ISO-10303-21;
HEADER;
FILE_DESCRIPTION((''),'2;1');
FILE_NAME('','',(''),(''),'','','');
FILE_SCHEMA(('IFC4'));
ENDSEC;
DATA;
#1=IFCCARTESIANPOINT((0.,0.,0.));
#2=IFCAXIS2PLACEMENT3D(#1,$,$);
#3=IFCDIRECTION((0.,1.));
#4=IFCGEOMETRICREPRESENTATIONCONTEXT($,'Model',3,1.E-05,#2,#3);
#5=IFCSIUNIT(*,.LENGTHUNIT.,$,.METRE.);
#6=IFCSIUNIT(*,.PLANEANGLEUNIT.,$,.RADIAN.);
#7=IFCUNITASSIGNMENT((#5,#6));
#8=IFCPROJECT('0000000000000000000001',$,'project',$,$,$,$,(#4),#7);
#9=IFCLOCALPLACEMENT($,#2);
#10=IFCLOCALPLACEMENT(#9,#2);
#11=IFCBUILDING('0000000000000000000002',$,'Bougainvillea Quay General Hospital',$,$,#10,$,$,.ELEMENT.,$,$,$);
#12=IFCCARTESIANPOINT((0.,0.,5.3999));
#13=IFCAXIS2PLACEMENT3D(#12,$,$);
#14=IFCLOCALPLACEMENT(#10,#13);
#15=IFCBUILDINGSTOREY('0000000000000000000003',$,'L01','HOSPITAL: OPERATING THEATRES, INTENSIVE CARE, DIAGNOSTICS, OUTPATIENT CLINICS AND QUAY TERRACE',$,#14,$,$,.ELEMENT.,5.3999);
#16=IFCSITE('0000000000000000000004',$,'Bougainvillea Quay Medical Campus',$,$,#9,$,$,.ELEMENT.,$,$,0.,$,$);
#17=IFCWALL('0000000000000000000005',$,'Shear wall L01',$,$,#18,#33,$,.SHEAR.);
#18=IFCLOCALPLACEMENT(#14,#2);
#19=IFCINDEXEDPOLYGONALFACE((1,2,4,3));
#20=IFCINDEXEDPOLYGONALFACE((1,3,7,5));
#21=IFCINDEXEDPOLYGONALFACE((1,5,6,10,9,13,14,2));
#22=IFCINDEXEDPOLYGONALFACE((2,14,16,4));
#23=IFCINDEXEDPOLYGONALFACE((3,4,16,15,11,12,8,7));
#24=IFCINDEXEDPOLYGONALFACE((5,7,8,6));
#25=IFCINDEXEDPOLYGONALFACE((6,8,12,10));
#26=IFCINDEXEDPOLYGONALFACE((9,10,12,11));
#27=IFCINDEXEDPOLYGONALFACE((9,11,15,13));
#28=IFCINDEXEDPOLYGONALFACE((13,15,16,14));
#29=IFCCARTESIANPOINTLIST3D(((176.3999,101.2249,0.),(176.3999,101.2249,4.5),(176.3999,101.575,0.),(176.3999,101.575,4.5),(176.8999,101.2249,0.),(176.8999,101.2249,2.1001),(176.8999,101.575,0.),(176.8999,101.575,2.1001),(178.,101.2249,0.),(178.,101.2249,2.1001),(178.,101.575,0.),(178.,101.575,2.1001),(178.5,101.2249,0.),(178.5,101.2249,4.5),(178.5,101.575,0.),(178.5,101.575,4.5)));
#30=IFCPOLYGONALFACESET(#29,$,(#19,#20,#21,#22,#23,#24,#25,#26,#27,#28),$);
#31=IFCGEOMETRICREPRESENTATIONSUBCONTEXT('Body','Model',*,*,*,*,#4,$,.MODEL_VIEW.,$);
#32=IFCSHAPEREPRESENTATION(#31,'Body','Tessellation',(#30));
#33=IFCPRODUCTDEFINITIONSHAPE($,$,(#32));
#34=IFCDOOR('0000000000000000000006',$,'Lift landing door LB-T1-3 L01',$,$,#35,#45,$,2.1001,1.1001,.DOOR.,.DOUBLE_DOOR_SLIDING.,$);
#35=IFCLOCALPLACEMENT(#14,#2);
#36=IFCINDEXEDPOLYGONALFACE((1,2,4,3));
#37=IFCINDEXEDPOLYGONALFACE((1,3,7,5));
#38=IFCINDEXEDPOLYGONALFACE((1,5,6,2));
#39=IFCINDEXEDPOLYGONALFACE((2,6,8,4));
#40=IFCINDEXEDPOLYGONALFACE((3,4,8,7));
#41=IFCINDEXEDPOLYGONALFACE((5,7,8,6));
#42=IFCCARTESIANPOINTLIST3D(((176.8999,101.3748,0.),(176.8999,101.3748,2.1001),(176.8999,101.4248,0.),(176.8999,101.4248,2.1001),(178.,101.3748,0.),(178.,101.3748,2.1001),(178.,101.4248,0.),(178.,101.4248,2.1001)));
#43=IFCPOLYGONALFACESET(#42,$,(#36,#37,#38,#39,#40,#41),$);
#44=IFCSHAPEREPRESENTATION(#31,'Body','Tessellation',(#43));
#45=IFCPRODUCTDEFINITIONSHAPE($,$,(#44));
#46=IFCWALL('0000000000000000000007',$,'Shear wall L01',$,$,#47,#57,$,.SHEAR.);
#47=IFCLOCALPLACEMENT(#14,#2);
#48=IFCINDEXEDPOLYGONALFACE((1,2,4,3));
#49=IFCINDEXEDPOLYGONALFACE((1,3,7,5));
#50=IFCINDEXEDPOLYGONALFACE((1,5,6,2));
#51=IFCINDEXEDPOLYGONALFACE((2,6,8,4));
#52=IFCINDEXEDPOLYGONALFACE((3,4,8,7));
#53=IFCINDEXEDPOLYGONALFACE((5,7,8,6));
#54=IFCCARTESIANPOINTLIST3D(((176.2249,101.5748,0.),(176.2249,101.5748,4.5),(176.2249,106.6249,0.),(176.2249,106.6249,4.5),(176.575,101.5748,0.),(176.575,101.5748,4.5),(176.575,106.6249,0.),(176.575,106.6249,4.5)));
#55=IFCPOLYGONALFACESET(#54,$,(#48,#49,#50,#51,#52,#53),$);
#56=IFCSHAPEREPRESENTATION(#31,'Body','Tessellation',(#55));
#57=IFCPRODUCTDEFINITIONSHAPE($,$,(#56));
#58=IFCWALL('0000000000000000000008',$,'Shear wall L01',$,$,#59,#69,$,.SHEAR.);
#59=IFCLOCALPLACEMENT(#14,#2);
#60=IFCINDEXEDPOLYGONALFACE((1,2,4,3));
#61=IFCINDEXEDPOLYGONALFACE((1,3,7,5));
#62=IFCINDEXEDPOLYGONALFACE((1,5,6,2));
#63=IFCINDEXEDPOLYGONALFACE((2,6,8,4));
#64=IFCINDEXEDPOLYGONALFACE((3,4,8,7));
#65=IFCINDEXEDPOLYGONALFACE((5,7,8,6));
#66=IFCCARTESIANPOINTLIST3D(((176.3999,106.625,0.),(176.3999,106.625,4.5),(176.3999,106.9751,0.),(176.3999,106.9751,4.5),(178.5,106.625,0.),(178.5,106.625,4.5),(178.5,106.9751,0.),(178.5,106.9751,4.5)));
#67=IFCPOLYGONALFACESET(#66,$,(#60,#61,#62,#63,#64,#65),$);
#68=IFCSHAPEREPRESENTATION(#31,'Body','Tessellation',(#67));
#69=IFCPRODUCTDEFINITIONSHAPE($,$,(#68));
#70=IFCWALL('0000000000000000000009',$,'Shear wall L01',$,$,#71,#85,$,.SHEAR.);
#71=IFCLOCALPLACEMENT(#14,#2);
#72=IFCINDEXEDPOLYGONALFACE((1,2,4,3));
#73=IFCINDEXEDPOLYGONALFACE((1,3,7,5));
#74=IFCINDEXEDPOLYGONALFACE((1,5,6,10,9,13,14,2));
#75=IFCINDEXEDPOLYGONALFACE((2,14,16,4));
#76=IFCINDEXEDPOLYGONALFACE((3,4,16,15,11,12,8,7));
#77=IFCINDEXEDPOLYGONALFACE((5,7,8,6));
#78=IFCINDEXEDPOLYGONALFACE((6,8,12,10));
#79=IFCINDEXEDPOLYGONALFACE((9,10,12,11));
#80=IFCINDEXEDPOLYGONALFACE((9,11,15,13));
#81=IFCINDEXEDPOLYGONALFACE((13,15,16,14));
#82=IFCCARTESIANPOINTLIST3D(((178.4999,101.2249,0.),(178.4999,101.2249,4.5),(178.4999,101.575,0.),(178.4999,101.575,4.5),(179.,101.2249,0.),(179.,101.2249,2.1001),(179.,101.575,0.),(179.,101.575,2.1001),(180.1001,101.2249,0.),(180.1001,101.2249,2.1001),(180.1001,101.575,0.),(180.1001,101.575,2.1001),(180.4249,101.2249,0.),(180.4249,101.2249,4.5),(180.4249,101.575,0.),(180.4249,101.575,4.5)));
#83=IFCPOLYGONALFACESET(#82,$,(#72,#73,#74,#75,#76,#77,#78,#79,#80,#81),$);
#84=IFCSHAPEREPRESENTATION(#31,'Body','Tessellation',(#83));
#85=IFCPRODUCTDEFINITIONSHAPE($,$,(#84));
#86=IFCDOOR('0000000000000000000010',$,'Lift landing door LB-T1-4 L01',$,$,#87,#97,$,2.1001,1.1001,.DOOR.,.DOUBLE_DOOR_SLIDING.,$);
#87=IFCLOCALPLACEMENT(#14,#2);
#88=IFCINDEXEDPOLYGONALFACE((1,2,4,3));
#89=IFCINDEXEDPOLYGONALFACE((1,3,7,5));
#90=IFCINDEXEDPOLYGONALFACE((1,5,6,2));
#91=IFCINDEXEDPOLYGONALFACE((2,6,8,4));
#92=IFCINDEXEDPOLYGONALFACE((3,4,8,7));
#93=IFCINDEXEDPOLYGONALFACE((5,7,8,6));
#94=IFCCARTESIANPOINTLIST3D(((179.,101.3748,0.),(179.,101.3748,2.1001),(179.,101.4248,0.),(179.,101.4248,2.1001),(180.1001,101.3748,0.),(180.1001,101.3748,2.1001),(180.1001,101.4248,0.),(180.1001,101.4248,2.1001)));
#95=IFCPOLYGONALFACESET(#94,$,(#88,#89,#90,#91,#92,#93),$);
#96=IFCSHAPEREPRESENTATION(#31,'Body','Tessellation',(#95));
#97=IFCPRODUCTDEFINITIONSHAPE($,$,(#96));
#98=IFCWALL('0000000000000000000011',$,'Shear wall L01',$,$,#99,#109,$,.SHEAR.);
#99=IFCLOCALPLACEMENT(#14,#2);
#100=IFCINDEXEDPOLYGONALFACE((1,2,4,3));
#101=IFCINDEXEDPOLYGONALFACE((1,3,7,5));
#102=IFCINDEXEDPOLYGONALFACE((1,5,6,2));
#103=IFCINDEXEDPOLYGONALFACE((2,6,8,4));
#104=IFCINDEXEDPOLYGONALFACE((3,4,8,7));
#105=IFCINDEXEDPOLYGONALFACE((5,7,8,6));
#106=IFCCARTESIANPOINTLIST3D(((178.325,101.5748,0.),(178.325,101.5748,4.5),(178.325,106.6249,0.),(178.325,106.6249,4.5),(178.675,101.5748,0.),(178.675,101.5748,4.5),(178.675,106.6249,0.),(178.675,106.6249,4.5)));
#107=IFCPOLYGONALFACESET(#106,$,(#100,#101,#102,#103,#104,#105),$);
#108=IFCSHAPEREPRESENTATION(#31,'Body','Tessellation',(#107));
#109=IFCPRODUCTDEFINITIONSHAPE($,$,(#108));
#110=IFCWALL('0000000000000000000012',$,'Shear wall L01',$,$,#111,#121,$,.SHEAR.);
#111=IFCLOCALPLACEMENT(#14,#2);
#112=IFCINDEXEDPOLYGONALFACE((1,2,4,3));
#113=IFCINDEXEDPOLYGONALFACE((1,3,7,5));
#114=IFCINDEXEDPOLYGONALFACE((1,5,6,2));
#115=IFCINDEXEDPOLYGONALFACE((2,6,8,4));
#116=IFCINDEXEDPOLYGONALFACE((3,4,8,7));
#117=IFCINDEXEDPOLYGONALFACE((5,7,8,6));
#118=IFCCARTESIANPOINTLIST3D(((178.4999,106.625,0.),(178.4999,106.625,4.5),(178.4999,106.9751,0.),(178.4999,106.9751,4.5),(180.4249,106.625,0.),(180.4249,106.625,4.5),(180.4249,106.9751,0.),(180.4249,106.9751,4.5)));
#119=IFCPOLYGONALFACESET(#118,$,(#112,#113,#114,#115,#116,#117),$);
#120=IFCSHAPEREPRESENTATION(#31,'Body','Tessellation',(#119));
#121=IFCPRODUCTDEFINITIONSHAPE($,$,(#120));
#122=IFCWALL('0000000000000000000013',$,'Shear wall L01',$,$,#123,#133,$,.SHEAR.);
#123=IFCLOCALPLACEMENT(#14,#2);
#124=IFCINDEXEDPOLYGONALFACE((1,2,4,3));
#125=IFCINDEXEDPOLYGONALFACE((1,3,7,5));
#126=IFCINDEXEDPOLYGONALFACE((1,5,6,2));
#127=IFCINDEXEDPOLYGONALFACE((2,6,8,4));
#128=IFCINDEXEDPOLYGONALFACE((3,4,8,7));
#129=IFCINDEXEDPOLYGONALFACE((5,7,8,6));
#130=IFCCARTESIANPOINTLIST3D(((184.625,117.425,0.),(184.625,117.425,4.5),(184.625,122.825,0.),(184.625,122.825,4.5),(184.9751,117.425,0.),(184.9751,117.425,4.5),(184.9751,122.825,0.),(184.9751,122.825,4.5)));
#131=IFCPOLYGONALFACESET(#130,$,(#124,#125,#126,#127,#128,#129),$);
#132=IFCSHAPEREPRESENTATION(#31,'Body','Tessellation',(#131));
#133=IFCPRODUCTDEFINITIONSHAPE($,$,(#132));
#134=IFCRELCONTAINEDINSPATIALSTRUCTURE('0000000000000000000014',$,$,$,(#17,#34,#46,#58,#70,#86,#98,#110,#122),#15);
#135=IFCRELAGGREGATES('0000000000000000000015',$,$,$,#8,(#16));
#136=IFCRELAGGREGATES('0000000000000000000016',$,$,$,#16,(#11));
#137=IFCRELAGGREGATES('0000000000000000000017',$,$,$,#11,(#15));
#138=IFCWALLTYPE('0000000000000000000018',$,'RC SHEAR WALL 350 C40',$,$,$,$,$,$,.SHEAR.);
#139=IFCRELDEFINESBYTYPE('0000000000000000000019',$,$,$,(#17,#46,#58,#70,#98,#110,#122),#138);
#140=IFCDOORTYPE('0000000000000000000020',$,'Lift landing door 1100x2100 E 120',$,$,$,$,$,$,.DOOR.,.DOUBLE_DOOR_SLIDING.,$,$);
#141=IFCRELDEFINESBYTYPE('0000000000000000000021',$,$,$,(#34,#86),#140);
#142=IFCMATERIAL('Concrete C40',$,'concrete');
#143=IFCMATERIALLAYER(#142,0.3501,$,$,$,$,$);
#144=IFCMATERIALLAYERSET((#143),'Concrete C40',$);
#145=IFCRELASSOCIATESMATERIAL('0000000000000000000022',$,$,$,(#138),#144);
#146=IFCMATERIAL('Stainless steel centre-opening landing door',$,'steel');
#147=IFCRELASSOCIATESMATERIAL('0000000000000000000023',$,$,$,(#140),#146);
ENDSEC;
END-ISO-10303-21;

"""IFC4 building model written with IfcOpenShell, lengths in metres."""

from ifc_helpers import new_model, si_unit, direction, frame, frame_2d, origin, place, context, subcontext, project, spatial, rectangle, extrude, material, layer, layer_set, type_object, element, fill, save


model = new_model("IFC4")

# Units and contexts
model_context = context("Model", 3, precision=1e-05, world=origin(), true_north=direction((0.0, 1.0)))
body_context = subcontext(model_context, "Body", "Model", "MODEL_VIEW")
ifc_project = project(units=[si_unit("LENGTHUNIT", "METRE"), si_unit("PLANEANGLEUNIT", "RADIAN")], contexts=[model_context])

# Site, building, storey
site_placement = place(None, origin())
site = spatial("IfcSite", under=ifc_project, at=site_placement, Name="Bougainvillea Quay Medical Campus", CompositionType="ELEMENT", RefElevation=0.0)
building_placement = place(site_placement, origin())
building = spatial("IfcBuilding", under=site, at=building_placement, Name="Bougainvillea Quay General Hospital", CompositionType="ELEMENT")
storey_placement = place(building_placement, frame((0.0, 0.0, 5.3999)))
storey = spatial("IfcBuildingStorey", under=building, at=storey_placement, Name="L01", Description="HOSPITAL: OPERATING THEATRES, INTENSIVE CARE, DIAGNOSTICS, OUTPATIENT CLINICS AND QUAY TERRACE", CompositionType="ELEMENT", Elevation=5.3999)

# Shared definitions
ifc_material_1 = material(Name="Concrete C40", Category="concrete")

# Shared definitions
ifc_layer_1 = layer(ifc_material_1, 0.3501)
ifc_layer_set_1 = layer_set([ifc_layer_1], Name="Concrete C40")
wall_type_1 = type_object("IfcWallType", Name="RC SHEAR WALL 350 C40", PredefinedType="SHEAR", material=ifc_layer_set_1)

# Wall, opening, door
wall_1_placement = place(storey_placement, frame((176.3999, 101.3999, 0.0), z_axis=(0.0, 0.0, 1.0), x_axis=(1.0, 0.0, 0.0)))
wall_1 = element("IfcWall", 1, at=wall_1_placement, inside=storey, type_object=wall_type_1, Name="Shear wall L01", PredefinedType="SHEAR", context=body_context, shape_type="SweptSolid", body=[
    extrude(rectangle(XDim=2.1001, YDim=0.3501, at=frame_2d((1.05, 0.0))), origin(), (0.0, 0.0, 1.0), 4.5),
])
opening_1_placement = place(wall_1_placement, frame((0.5, 0.0, 0.0)))
opening_1 = element("IfcOpeningElement", 2, at=opening_1_placement, cuts=wall_1, PredefinedType="OPENING", context=body_context, shape_type="SweptSolid", body=[
    extrude(rectangle(XDim=1.1001, YDim=2.1001, at=frame_2d((0.55, 1.05))), frame((0.0, 0.1851, 0.0), z_axis=(0.0, -1.0, 0.0), x_axis=(1.0, 0.0, 0.0)), (0.0, 0.0, 1.0), 0.3701),
])
ifc_material_2 = material(Name="Stainless steel centre-opening landing door", Category="steel")
door_type_1 = type_object("IfcDoorType", Name="Lift landing door 1100x2100 E 120", OperationType="DOUBLE_DOOR_SLIDING", PredefinedType="DOOR", material=ifc_material_2)
door_1_placement = place(opening_1_placement, origin())
door_1 = element("IfcDoor", 3, at=door_1_placement, inside=storey, type_object=door_type_1, Name="Lift landing door LB-T1-3 L01", OperationType="DOUBLE_DOOR_SLIDING", OverallHeight=2.1001, OverallWidth=1.1001, PredefinedType="DOOR", context=body_context, shape_type="SweptSolid", body=[
    extrude(rectangle(XDim=1.1001, YDim=2.1001, at=frame_2d((0.55, 1.05))), frame((0.0, 0.0249, 0.0), z_axis=(0.0, -1.0, 0.0), x_axis=(1.0, 0.0, 0.0)), (0.0, 0.0, 1.0), 0.05),
])
fill(opening_1, door_1)

# Walls
wall_2_placement = place(storey_placement, frame((176.3999, 101.575, 0.0), z_axis=(0.0, 0.0, 1.0), x_axis=(0.0, 1.0, 0.0)))
element("IfcWall", 4, at=wall_2_placement, inside=storey, type_object=wall_type_1, Name="Shear wall L01", PredefinedType="SHEAR", context=body_context, shape_type="SweptSolid", body=[
    extrude(rectangle(XDim=5.05, YDim=0.3501, at=frame_2d((2.5249, 0.0))), origin(), (0.0, 0.0, 1.0), 4.5),
])
wall_3_placement = place(storey_placement, frame((176.3999, 106.8, 0.0), z_axis=(0.0, 0.0, 1.0), x_axis=(1.0, 0.0, 0.0)))
element("IfcWall", 5, at=wall_3_placement, inside=storey, type_object=wall_type_1, Name="Shear wall L01", PredefinedType="SHEAR", context=body_context, shape_type="SweptSolid", body=[
    extrude(rectangle(XDim=2.1001, YDim=0.3501, at=frame_2d((1.05, 0.0))), origin(), (0.0, 0.0, 1.0), 4.5),
])

# Wall, opening, door
wall_4_placement = place(storey_placement, frame((178.5, 101.3999, 0.0), z_axis=(0.0, 0.0, 1.0), x_axis=(1.0, 0.0, 0.0)))
wall_4 = element("IfcWall", 6, at=wall_4_placement, inside=storey, type_object=wall_type_1, Name="Shear wall L01", PredefinedType="SHEAR", context=body_context, shape_type="SweptSolid", body=[
    extrude(rectangle(XDim=1.925, YDim=0.3501, at=frame_2d((0.9624, 0.0))), origin(), (0.0, 0.0, 1.0), 4.5),
])
opening_2_placement = place(wall_4_placement, frame((0.5, 0.0, 0.0)))
opening_2 = element("IfcOpeningElement", 7, at=opening_2_placement, cuts=wall_4, PredefinedType="OPENING", context=body_context, shape_type="SweptSolid", body=[
    extrude(rectangle(XDim=1.1001, YDim=2.1001, at=frame_2d((0.55, 1.05))), frame((0.0, 0.1851, 0.0), z_axis=(0.0, -1.0, 0.0), x_axis=(1.0, 0.0, 0.0)), (0.0, 0.0, 1.0), 0.3701),
])
door_2_placement = place(opening_2_placement, origin())
door_2 = element("IfcDoor", 8, at=door_2_placement, inside=storey, type_object=door_type_1, Name="Lift landing door LB-T1-4 L01", OperationType="DOUBLE_DOOR_SLIDING", OverallHeight=2.1001, OverallWidth=1.1001, PredefinedType="DOOR", context=body_context, shape_type="SweptSolid", body=[
    extrude(rectangle(XDim=1.1001, YDim=2.1001, at=frame_2d((0.55, 1.05))), frame((0.0, 0.0249, 0.0), z_axis=(0.0, -1.0, 0.0), x_axis=(1.0, 0.0, 0.0)), (0.0, 0.0, 1.0), 0.05),
])
fill(opening_2, door_2)

# Walls
wall_5_placement = place(storey_placement, frame((178.5, 101.575, 0.0), z_axis=(0.0, 0.0, 1.0), x_axis=(0.0, 1.0, 0.0)))
element("IfcWall", 9, at=wall_5_placement, inside=storey, type_object=wall_type_1, Name="Shear wall L01", PredefinedType="SHEAR", context=body_context, shape_type="SweptSolid", body=[
    extrude(rectangle(XDim=5.05, YDim=0.3501, at=frame_2d((2.5249, 0.0))), origin(), (0.0, 0.0, 1.0), 4.5),
])
wall_6_placement = place(storey_placement, frame((178.5, 106.8, 0.0), z_axis=(0.0, 0.0, 1.0), x_axis=(1.0, 0.0, 0.0)))
element("IfcWall", 10, at=wall_6_placement, inside=storey, type_object=wall_type_1, Name="Shear wall L01", PredefinedType="SHEAR", context=body_context, shape_type="SweptSolid", body=[
    extrude(rectangle(XDim=1.925, YDim=0.3501, at=frame_2d((0.9624, 0.0))), origin(), (0.0, 0.0, 1.0), 4.5),
])
wall_7_placement = place(storey_placement, frame((184.8, 117.425, 0.0), z_axis=(0.0, 0.0, 1.0), x_axis=(0.0, 1.0, 0.0)))
element("IfcWall", 11, at=wall_7_placement, inside=storey, type_object=wall_type_1, Name="Shear wall L01", PredefinedType="SHEAR", context=body_context, shape_type="SweptSolid", body=[
    extrude(rectangle(XDim=5.3999, YDim=0.3501, at=frame_2d((2.7, 0.0))), origin(), (0.0, 0.0, 1.0), 4.5),
])

save(model, "model.ifc")
